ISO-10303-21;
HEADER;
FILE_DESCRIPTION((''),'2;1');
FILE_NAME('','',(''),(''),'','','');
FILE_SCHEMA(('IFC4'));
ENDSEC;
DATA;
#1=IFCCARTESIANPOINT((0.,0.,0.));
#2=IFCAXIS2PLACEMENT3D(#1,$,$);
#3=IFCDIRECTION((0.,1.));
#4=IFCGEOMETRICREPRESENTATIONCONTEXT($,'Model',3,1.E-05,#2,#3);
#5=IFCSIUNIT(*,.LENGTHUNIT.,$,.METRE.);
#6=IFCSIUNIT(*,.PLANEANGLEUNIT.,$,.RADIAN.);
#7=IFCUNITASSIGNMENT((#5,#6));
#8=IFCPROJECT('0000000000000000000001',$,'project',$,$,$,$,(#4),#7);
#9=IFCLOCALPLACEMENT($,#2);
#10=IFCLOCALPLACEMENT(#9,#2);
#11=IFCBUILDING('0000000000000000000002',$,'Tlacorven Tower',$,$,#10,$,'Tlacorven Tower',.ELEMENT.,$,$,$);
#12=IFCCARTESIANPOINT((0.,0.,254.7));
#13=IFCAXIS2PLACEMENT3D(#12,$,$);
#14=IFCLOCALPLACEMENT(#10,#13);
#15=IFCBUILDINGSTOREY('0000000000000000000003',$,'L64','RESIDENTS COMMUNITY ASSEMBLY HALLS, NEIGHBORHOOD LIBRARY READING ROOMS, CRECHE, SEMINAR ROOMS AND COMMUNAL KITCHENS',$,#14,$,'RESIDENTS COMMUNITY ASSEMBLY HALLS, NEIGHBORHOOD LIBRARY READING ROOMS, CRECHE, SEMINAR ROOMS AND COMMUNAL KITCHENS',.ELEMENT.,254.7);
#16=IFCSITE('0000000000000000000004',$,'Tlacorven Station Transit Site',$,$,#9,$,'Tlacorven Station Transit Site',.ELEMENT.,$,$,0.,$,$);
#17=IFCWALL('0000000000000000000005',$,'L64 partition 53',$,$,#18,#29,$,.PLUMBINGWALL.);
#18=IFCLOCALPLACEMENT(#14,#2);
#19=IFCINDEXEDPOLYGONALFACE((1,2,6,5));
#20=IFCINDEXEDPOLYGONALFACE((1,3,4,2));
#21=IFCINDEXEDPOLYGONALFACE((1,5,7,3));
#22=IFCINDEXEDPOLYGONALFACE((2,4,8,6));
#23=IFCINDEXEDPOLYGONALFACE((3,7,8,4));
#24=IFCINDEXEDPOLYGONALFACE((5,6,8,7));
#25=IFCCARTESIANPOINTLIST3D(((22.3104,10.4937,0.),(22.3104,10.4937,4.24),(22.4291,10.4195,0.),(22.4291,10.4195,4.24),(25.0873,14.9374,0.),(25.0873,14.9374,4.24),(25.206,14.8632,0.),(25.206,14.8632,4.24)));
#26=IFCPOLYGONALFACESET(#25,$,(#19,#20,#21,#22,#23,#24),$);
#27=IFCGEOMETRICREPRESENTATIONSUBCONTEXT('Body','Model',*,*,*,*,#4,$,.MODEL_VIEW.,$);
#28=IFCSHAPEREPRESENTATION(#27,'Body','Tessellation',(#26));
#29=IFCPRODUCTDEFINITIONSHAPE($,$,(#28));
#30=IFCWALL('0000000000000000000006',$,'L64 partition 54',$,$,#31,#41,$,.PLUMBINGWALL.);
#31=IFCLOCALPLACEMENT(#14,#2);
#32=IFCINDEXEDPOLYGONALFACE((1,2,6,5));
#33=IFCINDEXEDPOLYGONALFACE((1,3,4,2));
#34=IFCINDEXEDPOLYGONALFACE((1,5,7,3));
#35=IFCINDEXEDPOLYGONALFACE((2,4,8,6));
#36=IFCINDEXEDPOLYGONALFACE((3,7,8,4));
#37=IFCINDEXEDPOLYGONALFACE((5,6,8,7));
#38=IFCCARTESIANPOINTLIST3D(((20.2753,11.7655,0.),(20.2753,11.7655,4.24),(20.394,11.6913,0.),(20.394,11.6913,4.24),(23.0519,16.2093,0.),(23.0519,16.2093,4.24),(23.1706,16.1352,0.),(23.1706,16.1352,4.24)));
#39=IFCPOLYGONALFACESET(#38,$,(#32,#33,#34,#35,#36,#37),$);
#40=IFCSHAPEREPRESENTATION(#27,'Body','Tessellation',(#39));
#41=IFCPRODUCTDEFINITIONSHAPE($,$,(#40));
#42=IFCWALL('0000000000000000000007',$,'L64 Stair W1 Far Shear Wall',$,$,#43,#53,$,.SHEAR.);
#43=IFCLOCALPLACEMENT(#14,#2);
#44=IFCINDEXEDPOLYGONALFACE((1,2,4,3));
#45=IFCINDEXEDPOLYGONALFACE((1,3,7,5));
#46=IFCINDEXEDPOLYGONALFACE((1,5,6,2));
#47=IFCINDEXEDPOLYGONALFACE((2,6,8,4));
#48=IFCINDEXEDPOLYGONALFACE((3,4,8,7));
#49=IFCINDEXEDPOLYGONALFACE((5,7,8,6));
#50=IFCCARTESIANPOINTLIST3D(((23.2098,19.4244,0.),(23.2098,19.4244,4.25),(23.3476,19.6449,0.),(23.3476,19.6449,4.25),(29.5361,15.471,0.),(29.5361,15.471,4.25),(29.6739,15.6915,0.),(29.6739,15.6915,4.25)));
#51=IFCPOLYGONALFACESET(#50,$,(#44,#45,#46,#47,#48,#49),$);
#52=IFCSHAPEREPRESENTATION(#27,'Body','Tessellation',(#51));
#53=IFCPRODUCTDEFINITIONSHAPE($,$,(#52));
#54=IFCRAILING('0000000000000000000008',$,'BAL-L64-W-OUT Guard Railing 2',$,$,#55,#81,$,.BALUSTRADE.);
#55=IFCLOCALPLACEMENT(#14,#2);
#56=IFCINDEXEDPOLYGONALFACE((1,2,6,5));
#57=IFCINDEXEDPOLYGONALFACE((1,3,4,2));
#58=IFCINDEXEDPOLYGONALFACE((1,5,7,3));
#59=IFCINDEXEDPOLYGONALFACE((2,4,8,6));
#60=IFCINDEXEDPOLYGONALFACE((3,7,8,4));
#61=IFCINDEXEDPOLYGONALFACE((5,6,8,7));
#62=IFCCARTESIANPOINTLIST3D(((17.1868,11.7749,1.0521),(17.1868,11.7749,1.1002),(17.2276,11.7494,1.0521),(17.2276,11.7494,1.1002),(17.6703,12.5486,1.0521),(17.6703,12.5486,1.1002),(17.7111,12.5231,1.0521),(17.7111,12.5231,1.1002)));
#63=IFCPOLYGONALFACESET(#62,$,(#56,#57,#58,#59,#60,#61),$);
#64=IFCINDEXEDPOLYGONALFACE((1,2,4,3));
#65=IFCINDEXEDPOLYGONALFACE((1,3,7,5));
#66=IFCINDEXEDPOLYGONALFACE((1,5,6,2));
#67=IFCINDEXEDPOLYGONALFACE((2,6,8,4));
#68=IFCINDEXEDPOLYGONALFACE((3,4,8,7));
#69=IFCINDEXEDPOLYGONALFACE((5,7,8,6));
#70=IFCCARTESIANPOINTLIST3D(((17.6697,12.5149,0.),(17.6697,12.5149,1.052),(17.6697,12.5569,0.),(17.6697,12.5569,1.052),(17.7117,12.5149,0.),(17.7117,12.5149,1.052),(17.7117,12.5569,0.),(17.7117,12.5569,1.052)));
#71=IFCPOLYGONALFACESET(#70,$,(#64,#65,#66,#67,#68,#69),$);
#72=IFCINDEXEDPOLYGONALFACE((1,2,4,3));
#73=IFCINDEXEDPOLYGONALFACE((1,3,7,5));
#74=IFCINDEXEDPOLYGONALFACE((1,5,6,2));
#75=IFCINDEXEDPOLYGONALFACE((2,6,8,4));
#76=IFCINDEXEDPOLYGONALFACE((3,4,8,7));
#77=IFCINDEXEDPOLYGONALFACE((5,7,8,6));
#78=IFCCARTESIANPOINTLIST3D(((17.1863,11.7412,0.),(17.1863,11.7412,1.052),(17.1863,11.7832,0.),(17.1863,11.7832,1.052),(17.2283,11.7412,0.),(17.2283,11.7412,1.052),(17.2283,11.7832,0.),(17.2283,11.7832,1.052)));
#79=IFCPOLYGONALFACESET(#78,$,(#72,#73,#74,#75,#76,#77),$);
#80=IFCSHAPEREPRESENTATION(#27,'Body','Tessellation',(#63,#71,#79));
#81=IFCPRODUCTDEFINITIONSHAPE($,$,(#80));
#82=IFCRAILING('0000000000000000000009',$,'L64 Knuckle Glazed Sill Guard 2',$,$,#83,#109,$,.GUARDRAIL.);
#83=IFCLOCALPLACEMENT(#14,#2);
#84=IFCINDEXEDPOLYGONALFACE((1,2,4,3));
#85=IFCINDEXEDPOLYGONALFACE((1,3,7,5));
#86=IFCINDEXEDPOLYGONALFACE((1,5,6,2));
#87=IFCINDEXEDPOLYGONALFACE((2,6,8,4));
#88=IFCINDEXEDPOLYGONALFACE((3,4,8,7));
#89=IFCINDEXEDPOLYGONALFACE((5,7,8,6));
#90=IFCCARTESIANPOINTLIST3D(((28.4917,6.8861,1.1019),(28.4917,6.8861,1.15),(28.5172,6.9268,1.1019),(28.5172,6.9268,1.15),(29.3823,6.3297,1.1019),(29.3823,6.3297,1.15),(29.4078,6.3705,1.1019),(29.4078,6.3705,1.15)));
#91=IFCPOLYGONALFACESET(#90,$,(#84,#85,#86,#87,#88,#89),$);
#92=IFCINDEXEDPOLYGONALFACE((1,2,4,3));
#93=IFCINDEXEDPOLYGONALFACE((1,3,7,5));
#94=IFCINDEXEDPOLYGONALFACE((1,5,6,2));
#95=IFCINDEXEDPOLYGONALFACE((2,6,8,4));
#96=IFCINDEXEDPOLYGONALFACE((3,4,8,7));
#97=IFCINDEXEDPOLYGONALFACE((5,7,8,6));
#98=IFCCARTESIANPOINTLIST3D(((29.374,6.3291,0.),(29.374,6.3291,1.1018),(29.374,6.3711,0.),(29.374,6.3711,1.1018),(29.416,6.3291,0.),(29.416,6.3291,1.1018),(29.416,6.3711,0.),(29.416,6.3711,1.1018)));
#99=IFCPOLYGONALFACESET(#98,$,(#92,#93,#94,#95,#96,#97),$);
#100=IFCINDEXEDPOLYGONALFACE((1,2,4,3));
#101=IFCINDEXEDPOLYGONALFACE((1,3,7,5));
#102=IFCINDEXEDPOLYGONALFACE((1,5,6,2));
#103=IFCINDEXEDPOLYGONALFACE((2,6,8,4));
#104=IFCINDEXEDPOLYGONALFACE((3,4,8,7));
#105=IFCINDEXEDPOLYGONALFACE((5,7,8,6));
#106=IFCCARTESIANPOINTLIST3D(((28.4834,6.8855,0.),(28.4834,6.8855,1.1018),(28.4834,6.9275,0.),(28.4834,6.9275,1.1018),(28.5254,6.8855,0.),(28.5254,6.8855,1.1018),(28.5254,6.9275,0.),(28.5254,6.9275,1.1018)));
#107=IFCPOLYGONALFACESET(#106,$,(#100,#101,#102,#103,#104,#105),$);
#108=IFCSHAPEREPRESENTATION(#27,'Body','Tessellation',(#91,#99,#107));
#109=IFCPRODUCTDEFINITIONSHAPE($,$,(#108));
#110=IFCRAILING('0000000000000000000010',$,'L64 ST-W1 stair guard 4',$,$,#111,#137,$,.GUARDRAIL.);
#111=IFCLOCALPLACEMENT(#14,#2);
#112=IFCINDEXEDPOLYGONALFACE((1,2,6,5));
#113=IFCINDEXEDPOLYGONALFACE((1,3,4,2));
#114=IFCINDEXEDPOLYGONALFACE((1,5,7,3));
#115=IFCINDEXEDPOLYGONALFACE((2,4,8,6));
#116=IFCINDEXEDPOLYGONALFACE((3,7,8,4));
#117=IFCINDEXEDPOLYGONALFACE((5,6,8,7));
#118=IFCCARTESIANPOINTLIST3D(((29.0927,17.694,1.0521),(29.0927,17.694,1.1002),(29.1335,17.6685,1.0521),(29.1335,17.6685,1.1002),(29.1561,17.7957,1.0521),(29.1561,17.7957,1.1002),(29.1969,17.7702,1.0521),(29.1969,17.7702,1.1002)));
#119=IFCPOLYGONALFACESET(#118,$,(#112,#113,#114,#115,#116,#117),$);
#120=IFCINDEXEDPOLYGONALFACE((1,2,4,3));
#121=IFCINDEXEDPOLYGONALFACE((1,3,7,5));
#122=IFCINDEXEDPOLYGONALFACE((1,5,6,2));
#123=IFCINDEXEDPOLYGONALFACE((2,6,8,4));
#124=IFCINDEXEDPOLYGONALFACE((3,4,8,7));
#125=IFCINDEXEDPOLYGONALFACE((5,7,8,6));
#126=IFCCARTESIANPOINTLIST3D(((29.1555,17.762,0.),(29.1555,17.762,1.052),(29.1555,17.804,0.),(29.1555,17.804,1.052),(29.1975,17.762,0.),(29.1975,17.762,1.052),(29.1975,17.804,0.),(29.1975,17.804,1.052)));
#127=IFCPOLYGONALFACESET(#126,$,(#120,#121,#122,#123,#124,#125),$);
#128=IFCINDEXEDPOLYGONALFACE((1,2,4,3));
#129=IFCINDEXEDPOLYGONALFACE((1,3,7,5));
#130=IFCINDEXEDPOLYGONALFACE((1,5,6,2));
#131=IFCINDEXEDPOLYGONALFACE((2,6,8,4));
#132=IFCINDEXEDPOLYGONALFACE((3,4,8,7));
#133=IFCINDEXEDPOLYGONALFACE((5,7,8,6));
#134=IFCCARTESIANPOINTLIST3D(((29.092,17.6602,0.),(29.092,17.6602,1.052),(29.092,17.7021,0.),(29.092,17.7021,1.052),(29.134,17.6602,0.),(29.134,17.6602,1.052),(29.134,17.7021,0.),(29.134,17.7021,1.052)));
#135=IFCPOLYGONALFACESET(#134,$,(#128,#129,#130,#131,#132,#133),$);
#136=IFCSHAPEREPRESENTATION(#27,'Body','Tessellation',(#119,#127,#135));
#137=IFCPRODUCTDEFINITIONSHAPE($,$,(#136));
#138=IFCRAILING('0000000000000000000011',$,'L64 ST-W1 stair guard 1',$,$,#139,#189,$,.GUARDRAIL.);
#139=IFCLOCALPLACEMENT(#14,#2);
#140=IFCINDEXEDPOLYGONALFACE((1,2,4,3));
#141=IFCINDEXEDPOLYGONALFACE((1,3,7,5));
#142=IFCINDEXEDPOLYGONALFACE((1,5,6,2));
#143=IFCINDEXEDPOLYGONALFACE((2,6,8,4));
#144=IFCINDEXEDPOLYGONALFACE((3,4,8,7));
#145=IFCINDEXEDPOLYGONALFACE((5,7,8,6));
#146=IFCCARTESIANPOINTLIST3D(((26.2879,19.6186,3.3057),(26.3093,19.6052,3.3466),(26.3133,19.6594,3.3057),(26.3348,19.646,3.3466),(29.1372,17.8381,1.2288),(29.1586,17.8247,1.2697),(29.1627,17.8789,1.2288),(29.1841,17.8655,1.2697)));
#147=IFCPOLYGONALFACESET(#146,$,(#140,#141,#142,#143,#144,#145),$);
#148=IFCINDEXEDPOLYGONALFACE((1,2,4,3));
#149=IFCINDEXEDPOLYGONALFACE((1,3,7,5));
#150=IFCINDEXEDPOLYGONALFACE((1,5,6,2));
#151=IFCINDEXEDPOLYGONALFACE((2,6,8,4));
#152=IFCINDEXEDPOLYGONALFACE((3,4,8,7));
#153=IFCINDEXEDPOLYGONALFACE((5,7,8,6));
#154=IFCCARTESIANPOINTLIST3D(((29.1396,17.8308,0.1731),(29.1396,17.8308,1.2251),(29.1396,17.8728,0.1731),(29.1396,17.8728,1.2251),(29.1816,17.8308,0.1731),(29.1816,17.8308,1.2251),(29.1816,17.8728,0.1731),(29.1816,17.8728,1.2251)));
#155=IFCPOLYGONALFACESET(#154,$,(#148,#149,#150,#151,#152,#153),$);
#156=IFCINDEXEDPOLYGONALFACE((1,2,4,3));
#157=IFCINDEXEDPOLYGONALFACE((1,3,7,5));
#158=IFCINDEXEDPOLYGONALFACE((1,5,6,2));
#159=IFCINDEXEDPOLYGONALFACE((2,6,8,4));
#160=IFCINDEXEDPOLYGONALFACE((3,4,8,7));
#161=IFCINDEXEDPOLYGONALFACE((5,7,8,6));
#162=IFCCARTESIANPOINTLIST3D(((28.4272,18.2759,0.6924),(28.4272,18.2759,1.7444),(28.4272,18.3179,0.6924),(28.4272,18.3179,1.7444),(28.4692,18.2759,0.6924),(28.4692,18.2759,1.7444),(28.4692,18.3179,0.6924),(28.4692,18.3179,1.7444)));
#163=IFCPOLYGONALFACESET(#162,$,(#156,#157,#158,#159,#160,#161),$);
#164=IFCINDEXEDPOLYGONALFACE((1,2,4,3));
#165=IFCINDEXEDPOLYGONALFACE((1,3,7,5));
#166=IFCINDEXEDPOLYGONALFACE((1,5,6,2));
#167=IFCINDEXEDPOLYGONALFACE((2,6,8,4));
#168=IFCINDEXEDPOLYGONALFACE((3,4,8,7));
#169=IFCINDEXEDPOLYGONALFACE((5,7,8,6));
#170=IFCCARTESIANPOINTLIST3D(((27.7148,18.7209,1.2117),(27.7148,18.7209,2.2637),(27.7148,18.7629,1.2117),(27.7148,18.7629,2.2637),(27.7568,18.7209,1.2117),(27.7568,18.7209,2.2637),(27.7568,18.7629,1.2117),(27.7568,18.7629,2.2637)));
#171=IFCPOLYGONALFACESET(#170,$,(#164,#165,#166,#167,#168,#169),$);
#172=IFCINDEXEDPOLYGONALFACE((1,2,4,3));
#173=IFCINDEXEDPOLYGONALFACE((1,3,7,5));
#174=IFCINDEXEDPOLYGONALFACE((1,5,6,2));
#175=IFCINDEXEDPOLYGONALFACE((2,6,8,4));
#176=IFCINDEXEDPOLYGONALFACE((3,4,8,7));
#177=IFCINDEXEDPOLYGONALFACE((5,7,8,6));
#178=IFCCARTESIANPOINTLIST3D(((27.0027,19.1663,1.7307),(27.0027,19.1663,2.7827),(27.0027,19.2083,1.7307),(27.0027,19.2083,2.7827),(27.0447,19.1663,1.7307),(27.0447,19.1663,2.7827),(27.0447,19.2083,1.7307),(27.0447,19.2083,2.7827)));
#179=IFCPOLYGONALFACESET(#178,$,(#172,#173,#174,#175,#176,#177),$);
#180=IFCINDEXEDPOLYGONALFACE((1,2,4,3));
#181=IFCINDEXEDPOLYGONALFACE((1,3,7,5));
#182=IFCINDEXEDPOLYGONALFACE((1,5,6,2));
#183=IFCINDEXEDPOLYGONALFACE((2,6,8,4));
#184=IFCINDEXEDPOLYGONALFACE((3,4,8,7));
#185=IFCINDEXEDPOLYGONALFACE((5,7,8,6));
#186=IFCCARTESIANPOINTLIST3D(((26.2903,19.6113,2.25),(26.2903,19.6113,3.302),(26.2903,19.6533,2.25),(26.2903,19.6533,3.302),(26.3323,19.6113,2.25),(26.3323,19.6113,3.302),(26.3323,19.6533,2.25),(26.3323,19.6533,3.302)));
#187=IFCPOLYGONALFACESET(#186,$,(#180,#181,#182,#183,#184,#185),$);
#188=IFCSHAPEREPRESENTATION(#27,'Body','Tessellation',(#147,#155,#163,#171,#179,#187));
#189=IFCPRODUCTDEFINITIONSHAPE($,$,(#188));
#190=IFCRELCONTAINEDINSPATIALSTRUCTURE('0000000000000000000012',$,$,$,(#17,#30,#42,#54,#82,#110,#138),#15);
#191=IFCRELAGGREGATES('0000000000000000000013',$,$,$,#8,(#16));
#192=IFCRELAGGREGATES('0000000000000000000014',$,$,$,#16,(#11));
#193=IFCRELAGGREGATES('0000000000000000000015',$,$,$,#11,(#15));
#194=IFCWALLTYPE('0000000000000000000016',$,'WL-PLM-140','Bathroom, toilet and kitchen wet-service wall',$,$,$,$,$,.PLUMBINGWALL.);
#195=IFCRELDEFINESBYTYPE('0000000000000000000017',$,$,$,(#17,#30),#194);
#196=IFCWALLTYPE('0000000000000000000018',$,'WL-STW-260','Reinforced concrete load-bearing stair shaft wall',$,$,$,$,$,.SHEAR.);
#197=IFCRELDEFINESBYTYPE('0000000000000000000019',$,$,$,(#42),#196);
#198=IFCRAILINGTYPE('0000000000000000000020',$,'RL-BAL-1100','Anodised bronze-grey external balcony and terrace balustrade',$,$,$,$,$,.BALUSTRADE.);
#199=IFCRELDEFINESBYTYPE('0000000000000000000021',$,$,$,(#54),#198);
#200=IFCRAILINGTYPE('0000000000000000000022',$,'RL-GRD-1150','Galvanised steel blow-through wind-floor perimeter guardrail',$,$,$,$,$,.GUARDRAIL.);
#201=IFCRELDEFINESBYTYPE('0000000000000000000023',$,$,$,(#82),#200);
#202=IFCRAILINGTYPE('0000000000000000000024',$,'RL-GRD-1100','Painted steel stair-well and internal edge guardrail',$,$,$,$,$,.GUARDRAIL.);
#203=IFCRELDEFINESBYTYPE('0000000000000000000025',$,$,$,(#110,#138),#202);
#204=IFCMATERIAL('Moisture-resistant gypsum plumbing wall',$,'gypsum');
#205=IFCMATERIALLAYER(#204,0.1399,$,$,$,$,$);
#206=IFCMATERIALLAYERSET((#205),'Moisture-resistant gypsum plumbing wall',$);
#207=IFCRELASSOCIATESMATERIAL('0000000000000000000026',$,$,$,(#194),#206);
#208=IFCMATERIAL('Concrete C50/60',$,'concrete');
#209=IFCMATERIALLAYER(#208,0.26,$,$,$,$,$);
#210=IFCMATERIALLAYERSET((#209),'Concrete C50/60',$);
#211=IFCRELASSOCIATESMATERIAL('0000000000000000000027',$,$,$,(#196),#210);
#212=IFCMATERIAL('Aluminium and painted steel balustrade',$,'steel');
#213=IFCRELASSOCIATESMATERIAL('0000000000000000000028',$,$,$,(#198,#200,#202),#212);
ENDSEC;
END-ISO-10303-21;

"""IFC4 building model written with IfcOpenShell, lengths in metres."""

from ifc_helpers import new_model, si_unit, direction, frame, frame_2d, origin, origin_2d, place, context, subcontext, project, spatial, rectangle, extrude, source, transform, mapped, material, layer, layer_set, type_object, element, save


model = new_model("IFC4")

# Units and contexts
model_context = context("Model", 3, precision=1e-05, world=origin(), true_north=direction((0.0, 1.0)))
body_context = subcontext(model_context, "Body", "Model", "MODEL_VIEW")
ifc_project = project(units=[si_unit("LENGTHUNIT", "METRE"), si_unit("PLANEANGLEUNIT", "RADIAN")], contexts=[model_context])

# Site, building, storey
site_placement = place(None, origin())
site = spatial("IfcSite", under=ifc_project, at=site_placement, Name="Tlacorven Station Transit Site", LongName="Tlacorven Station Transit Site", CompositionType="ELEMENT", RefElevation=0.0)
building_placement = place(site_placement, origin())
building = spatial("IfcBuilding", under=site, at=building_placement, Name="Tlacorven Tower", LongName="Tlacorven Tower", CompositionType="ELEMENT")
storey_placement = place(building_placement, frame((0.0, 0.0, 254.7)))
storey = spatial("IfcBuildingStorey", under=building, at=storey_placement, Name="L64", Description="RESIDENTS COMMUNITY ASSEMBLY HALLS, NEIGHBORHOOD LIBRARY READING ROOMS, CRECHE, SEMINAR ROOMS AND COMMUNAL KITCHENS", LongName="RESIDENTS COMMUNITY ASSEMBLY HALLS, NEIGHBORHOOD LIBRARY READING ROOMS, CRECHE, SEMINAR ROOMS AND COMMUNAL KITCHENS", CompositionType="ELEMENT", Elevation=254.7)

# Walls
ifc_material_1 = material(Name="Moisture-resistant gypsum plumbing wall", Category="gypsum")
ifc_layer_1 = layer(ifc_material_1, 0.1399)
ifc_layer_set_1 = layer_set([ifc_layer_1], Name="Moisture-resistant gypsum plumbing wall")
wall_type_1 = type_object("IfcWallType", Name="WL-PLM-140", Description="Bathroom, toilet and kitchen wet-service wall", PredefinedType="PLUMBINGWALL", material=ifc_layer_set_1)
for number, where, z_axis, x_axis, name in (
    (1, (25.1467, 14.9004, 0.0), (0.0, 0.0, 1.0), (-0.529944, -0.848032, 0.0), "L64 partition 53"),
    (2, (23.1113, 16.1724, 0.0), (0.0, 0.0, 1.0), (-0.52989, -0.848066, 0.0), "L64 partition 54"),
):
    element("IfcWall", number, at=place(storey_placement, frame(where, z_axis=z_axis, x_axis=x_axis)), inside=storey, type_object=wall_type_1, Name=name, PredefinedType="PLUMBINGWALL", context=body_context, shape_type="SweptSolid", body=[
        extrude(rectangle(XDim=5.24, YDim=0.1399, at=frame_2d((2.6201, 0.0))), origin(), (0.0, 0.0, 1.0), 4.24),
    ])
ifc_material_2 = material(Name="Concrete C50/60", Category="concrete")
ifc_layer_2 = layer(ifc_material_2, 0.26)
ifc_layer_set_2 = layer_set([ifc_layer_2], Name="Concrete C50/60")
wall_type_2 = type_object("IfcWallType", Name="WL-STW-260", Description="Reinforced concrete load-bearing stair shaft wall", PredefinedType="SHEAR", material=ifc_layer_set_2)
wall_1_placement = place(storey_placement, frame((29.605, 15.5813, 0.0), z_axis=(0.0, 0.0, 1.0), x_axis=(-0.848037, 0.529937, 0.0)))
element("IfcWall", 3, at=wall_1_placement, inside=storey, type_object=wall_type_2, Name="L64 Stair W1 Far Shear Wall", PredefinedType="SHEAR", context=body_context, shape_type="SweptSolid", body=[
    extrude(rectangle(XDim=7.46, YDim=0.26, at=frame_2d((3.73, 0.0))), origin(), (0.0, 0.0, 1.0), 4.25),
])

# Railings
ifc_material_3 = material(Name="Aluminium and painted steel balustrade", Category="steel")
railing_type_1 = type_object("IfcRailingType", Name="RL-BAL-1100", Description="Anodised bronze-grey external balcony and terrace balustrade", PredefinedType="BALUSTRADE", material=ifc_material_3)
shared_shape_1 = source(origin(), body_context, "Body", "SweptSolid", [
    extrude(rectangle(XDim=0.0481, YDim=0.0481, at=origin_2d()), frame((0.0, 0.0, 1.0762), z_axis=(-0.529879, -0.848073, 0.0), x_axis=(0.848073, -0.529879, 0.0)), (0.0, 0.0, 1.0), 0.9124),
    extrude(rectangle(XDim=0.042, YDim=0.042, at=origin_2d()), origin(), (0.0, 0.0, 1.0), 1.052),
    extrude(rectangle(XDim=0.042, YDim=0.042, at=origin_2d()), frame((-0.4834, -0.7737, 0.0)), (0.0, 0.0, 1.0), 1.052),
])
railing_1_placement = place(storey_placement, frame((17.6907, 12.5359, 0.0)))
element("IfcRailing", 4, at=railing_1_placement, inside=storey, type_object=railing_type_1, Name="BAL-L64-W-OUT Guard Railing 2", PredefinedType="BALUSTRADE", context=body_context, shape_type="MappedRepresentation", body=[
    mapped(shared_shape_1, transform((0.0, 0.0, 0.0), scale=1.0)),
])
railing_type_2 = type_object("IfcRailingType", Name="RL-GRD-1150", Description="Galvanised steel blow-through wind-floor perimeter guardrail", PredefinedType="GUARDRAIL", material=ifc_material_3)
shared_shape_2 = source(origin(), body_context, "Body", "SweptSolid", [
    extrude(rectangle(XDim=0.0481, YDim=0.0481, at=origin_2d()), frame((0.0, 0.0, 1.126), z_axis=(-0.848103, 0.529832, 0.0), x_axis=(-0.529832, -0.848103, 0.0)), (0.0, 0.0, 1.0), 1.05),
    extrude(rectangle(XDim=0.042, YDim=0.042, at=origin_2d()), origin(), (0.0, 0.0, 1.0), 1.1018),
    extrude(rectangle(XDim=0.042, YDim=0.042, at=origin_2d()), frame((-0.8906, 0.5564, 0.0)), (0.0, 0.0, 1.0), 1.1018),
])
railing_2_placement = place(storey_placement, frame((29.395, 6.3501, 0.0)))
element("IfcRailing", 5, at=railing_2_placement, inside=storey, type_object=railing_type_2, Name="L64 Knuckle Glazed Sill Guard 2", PredefinedType="GUARDRAIL", context=body_context, shape_type="MappedRepresentation", body=[
    mapped(shared_shape_2, transform((0.0, 0.0, 0.0), scale=1.0)),
])
railing_type_3 = type_object("IfcRailingType", Name="RL-GRD-1100", Description="Painted steel stair-well and internal edge guardrail", PredefinedType="GUARDRAIL", material=ifc_material_3)
shared_shape_3 = source(origin(), body_context, "Body", "SweptSolid", [
    extrude(rectangle(XDim=0.0481, YDim=0.0481, at=origin_2d()), frame((0.0, 0.0, 1.0762), z_axis=(-0.529084, -0.848569, 0.0), x_axis=(0.848569, -0.529084, 0.0)), (0.0, 0.0, 1.0), 0.1199),
    extrude(rectangle(XDim=0.042, YDim=0.042, at=origin_2d()), origin(), (0.0, 0.0, 1.0), 1.052),
    extrude(rectangle(XDim=0.042, YDim=0.042, at=origin_2d()), frame((-0.0635, -0.1018, 0.0)), (0.0, 0.0, 1.0), 1.052),
])
railing_3_placement = place(storey_placement, frame((29.1765, 17.783, 0.0)))
element("IfcRailing", 6, at=railing_3_placement, inside=storey, type_object=railing_type_3, Name="L64 ST-W1 stair guard 4", PredefinedType="GUARDRAIL", context=body_context, shape_type="MappedRepresentation", body=[
    mapped(shared_shape_3, transform((0.0, 0.0, 0.0), scale=1.0)),
])
shared_shape_4 = source(origin(), body_context, "Body", "SweptSolid", [
    extrude(rectangle(XDim=0.0481, YDim=0.0481, at=origin_2d()), frame((0.0, 0.0, 1.0762), z_axis=(-0.721355, 0.450762, 0.525796), x_axis=(-0.529927, -0.848043, 0.0)), (0.0, 0.0, 1.0), 3.95),
    extrude(rectangle(XDim=0.042, YDim=0.042, at=origin_2d()), origin(), (0.0, 0.0, 1.0), 1.052),
    extrude(rectangle(XDim=0.042, YDim=0.042, at=origin_2d()), frame((-0.7124, 0.4451, 0.5193)), (0.0, 0.0, 1.0), 1.052),
    extrude(rectangle(XDim=0.042, YDim=0.042, at=origin_2d()), frame((-1.4248, 0.8901, 1.0386)), (0.0, 0.0, 1.0), 1.052),
    extrude(rectangle(XDim=0.042, YDim=0.042, at=origin_2d()), frame((-2.137, 1.3354, 1.5576)), (0.0, 0.0, 1.0), 1.052),
    extrude(rectangle(XDim=0.042, YDim=0.042, at=origin_2d()), frame((-2.8494, 1.7805, 2.0769)), (0.0, 0.0, 1.0), 1.052),
])
railing_4_placement = place(storey_placement, frame((29.1606, 17.8518, 0.1731)))
element("IfcRailing", 7, at=railing_4_placement, inside=storey, type_object=railing_type_3, Name="L64 ST-W1 stair guard 1", PredefinedType="GUARDRAIL", context=body_context, shape_type="MappedRepresentation", body=[
    mapped(shared_shape_4, transform((0.0, 0.0, 0.0), scale=1.0)),
])

save(model, "model.ifc")
